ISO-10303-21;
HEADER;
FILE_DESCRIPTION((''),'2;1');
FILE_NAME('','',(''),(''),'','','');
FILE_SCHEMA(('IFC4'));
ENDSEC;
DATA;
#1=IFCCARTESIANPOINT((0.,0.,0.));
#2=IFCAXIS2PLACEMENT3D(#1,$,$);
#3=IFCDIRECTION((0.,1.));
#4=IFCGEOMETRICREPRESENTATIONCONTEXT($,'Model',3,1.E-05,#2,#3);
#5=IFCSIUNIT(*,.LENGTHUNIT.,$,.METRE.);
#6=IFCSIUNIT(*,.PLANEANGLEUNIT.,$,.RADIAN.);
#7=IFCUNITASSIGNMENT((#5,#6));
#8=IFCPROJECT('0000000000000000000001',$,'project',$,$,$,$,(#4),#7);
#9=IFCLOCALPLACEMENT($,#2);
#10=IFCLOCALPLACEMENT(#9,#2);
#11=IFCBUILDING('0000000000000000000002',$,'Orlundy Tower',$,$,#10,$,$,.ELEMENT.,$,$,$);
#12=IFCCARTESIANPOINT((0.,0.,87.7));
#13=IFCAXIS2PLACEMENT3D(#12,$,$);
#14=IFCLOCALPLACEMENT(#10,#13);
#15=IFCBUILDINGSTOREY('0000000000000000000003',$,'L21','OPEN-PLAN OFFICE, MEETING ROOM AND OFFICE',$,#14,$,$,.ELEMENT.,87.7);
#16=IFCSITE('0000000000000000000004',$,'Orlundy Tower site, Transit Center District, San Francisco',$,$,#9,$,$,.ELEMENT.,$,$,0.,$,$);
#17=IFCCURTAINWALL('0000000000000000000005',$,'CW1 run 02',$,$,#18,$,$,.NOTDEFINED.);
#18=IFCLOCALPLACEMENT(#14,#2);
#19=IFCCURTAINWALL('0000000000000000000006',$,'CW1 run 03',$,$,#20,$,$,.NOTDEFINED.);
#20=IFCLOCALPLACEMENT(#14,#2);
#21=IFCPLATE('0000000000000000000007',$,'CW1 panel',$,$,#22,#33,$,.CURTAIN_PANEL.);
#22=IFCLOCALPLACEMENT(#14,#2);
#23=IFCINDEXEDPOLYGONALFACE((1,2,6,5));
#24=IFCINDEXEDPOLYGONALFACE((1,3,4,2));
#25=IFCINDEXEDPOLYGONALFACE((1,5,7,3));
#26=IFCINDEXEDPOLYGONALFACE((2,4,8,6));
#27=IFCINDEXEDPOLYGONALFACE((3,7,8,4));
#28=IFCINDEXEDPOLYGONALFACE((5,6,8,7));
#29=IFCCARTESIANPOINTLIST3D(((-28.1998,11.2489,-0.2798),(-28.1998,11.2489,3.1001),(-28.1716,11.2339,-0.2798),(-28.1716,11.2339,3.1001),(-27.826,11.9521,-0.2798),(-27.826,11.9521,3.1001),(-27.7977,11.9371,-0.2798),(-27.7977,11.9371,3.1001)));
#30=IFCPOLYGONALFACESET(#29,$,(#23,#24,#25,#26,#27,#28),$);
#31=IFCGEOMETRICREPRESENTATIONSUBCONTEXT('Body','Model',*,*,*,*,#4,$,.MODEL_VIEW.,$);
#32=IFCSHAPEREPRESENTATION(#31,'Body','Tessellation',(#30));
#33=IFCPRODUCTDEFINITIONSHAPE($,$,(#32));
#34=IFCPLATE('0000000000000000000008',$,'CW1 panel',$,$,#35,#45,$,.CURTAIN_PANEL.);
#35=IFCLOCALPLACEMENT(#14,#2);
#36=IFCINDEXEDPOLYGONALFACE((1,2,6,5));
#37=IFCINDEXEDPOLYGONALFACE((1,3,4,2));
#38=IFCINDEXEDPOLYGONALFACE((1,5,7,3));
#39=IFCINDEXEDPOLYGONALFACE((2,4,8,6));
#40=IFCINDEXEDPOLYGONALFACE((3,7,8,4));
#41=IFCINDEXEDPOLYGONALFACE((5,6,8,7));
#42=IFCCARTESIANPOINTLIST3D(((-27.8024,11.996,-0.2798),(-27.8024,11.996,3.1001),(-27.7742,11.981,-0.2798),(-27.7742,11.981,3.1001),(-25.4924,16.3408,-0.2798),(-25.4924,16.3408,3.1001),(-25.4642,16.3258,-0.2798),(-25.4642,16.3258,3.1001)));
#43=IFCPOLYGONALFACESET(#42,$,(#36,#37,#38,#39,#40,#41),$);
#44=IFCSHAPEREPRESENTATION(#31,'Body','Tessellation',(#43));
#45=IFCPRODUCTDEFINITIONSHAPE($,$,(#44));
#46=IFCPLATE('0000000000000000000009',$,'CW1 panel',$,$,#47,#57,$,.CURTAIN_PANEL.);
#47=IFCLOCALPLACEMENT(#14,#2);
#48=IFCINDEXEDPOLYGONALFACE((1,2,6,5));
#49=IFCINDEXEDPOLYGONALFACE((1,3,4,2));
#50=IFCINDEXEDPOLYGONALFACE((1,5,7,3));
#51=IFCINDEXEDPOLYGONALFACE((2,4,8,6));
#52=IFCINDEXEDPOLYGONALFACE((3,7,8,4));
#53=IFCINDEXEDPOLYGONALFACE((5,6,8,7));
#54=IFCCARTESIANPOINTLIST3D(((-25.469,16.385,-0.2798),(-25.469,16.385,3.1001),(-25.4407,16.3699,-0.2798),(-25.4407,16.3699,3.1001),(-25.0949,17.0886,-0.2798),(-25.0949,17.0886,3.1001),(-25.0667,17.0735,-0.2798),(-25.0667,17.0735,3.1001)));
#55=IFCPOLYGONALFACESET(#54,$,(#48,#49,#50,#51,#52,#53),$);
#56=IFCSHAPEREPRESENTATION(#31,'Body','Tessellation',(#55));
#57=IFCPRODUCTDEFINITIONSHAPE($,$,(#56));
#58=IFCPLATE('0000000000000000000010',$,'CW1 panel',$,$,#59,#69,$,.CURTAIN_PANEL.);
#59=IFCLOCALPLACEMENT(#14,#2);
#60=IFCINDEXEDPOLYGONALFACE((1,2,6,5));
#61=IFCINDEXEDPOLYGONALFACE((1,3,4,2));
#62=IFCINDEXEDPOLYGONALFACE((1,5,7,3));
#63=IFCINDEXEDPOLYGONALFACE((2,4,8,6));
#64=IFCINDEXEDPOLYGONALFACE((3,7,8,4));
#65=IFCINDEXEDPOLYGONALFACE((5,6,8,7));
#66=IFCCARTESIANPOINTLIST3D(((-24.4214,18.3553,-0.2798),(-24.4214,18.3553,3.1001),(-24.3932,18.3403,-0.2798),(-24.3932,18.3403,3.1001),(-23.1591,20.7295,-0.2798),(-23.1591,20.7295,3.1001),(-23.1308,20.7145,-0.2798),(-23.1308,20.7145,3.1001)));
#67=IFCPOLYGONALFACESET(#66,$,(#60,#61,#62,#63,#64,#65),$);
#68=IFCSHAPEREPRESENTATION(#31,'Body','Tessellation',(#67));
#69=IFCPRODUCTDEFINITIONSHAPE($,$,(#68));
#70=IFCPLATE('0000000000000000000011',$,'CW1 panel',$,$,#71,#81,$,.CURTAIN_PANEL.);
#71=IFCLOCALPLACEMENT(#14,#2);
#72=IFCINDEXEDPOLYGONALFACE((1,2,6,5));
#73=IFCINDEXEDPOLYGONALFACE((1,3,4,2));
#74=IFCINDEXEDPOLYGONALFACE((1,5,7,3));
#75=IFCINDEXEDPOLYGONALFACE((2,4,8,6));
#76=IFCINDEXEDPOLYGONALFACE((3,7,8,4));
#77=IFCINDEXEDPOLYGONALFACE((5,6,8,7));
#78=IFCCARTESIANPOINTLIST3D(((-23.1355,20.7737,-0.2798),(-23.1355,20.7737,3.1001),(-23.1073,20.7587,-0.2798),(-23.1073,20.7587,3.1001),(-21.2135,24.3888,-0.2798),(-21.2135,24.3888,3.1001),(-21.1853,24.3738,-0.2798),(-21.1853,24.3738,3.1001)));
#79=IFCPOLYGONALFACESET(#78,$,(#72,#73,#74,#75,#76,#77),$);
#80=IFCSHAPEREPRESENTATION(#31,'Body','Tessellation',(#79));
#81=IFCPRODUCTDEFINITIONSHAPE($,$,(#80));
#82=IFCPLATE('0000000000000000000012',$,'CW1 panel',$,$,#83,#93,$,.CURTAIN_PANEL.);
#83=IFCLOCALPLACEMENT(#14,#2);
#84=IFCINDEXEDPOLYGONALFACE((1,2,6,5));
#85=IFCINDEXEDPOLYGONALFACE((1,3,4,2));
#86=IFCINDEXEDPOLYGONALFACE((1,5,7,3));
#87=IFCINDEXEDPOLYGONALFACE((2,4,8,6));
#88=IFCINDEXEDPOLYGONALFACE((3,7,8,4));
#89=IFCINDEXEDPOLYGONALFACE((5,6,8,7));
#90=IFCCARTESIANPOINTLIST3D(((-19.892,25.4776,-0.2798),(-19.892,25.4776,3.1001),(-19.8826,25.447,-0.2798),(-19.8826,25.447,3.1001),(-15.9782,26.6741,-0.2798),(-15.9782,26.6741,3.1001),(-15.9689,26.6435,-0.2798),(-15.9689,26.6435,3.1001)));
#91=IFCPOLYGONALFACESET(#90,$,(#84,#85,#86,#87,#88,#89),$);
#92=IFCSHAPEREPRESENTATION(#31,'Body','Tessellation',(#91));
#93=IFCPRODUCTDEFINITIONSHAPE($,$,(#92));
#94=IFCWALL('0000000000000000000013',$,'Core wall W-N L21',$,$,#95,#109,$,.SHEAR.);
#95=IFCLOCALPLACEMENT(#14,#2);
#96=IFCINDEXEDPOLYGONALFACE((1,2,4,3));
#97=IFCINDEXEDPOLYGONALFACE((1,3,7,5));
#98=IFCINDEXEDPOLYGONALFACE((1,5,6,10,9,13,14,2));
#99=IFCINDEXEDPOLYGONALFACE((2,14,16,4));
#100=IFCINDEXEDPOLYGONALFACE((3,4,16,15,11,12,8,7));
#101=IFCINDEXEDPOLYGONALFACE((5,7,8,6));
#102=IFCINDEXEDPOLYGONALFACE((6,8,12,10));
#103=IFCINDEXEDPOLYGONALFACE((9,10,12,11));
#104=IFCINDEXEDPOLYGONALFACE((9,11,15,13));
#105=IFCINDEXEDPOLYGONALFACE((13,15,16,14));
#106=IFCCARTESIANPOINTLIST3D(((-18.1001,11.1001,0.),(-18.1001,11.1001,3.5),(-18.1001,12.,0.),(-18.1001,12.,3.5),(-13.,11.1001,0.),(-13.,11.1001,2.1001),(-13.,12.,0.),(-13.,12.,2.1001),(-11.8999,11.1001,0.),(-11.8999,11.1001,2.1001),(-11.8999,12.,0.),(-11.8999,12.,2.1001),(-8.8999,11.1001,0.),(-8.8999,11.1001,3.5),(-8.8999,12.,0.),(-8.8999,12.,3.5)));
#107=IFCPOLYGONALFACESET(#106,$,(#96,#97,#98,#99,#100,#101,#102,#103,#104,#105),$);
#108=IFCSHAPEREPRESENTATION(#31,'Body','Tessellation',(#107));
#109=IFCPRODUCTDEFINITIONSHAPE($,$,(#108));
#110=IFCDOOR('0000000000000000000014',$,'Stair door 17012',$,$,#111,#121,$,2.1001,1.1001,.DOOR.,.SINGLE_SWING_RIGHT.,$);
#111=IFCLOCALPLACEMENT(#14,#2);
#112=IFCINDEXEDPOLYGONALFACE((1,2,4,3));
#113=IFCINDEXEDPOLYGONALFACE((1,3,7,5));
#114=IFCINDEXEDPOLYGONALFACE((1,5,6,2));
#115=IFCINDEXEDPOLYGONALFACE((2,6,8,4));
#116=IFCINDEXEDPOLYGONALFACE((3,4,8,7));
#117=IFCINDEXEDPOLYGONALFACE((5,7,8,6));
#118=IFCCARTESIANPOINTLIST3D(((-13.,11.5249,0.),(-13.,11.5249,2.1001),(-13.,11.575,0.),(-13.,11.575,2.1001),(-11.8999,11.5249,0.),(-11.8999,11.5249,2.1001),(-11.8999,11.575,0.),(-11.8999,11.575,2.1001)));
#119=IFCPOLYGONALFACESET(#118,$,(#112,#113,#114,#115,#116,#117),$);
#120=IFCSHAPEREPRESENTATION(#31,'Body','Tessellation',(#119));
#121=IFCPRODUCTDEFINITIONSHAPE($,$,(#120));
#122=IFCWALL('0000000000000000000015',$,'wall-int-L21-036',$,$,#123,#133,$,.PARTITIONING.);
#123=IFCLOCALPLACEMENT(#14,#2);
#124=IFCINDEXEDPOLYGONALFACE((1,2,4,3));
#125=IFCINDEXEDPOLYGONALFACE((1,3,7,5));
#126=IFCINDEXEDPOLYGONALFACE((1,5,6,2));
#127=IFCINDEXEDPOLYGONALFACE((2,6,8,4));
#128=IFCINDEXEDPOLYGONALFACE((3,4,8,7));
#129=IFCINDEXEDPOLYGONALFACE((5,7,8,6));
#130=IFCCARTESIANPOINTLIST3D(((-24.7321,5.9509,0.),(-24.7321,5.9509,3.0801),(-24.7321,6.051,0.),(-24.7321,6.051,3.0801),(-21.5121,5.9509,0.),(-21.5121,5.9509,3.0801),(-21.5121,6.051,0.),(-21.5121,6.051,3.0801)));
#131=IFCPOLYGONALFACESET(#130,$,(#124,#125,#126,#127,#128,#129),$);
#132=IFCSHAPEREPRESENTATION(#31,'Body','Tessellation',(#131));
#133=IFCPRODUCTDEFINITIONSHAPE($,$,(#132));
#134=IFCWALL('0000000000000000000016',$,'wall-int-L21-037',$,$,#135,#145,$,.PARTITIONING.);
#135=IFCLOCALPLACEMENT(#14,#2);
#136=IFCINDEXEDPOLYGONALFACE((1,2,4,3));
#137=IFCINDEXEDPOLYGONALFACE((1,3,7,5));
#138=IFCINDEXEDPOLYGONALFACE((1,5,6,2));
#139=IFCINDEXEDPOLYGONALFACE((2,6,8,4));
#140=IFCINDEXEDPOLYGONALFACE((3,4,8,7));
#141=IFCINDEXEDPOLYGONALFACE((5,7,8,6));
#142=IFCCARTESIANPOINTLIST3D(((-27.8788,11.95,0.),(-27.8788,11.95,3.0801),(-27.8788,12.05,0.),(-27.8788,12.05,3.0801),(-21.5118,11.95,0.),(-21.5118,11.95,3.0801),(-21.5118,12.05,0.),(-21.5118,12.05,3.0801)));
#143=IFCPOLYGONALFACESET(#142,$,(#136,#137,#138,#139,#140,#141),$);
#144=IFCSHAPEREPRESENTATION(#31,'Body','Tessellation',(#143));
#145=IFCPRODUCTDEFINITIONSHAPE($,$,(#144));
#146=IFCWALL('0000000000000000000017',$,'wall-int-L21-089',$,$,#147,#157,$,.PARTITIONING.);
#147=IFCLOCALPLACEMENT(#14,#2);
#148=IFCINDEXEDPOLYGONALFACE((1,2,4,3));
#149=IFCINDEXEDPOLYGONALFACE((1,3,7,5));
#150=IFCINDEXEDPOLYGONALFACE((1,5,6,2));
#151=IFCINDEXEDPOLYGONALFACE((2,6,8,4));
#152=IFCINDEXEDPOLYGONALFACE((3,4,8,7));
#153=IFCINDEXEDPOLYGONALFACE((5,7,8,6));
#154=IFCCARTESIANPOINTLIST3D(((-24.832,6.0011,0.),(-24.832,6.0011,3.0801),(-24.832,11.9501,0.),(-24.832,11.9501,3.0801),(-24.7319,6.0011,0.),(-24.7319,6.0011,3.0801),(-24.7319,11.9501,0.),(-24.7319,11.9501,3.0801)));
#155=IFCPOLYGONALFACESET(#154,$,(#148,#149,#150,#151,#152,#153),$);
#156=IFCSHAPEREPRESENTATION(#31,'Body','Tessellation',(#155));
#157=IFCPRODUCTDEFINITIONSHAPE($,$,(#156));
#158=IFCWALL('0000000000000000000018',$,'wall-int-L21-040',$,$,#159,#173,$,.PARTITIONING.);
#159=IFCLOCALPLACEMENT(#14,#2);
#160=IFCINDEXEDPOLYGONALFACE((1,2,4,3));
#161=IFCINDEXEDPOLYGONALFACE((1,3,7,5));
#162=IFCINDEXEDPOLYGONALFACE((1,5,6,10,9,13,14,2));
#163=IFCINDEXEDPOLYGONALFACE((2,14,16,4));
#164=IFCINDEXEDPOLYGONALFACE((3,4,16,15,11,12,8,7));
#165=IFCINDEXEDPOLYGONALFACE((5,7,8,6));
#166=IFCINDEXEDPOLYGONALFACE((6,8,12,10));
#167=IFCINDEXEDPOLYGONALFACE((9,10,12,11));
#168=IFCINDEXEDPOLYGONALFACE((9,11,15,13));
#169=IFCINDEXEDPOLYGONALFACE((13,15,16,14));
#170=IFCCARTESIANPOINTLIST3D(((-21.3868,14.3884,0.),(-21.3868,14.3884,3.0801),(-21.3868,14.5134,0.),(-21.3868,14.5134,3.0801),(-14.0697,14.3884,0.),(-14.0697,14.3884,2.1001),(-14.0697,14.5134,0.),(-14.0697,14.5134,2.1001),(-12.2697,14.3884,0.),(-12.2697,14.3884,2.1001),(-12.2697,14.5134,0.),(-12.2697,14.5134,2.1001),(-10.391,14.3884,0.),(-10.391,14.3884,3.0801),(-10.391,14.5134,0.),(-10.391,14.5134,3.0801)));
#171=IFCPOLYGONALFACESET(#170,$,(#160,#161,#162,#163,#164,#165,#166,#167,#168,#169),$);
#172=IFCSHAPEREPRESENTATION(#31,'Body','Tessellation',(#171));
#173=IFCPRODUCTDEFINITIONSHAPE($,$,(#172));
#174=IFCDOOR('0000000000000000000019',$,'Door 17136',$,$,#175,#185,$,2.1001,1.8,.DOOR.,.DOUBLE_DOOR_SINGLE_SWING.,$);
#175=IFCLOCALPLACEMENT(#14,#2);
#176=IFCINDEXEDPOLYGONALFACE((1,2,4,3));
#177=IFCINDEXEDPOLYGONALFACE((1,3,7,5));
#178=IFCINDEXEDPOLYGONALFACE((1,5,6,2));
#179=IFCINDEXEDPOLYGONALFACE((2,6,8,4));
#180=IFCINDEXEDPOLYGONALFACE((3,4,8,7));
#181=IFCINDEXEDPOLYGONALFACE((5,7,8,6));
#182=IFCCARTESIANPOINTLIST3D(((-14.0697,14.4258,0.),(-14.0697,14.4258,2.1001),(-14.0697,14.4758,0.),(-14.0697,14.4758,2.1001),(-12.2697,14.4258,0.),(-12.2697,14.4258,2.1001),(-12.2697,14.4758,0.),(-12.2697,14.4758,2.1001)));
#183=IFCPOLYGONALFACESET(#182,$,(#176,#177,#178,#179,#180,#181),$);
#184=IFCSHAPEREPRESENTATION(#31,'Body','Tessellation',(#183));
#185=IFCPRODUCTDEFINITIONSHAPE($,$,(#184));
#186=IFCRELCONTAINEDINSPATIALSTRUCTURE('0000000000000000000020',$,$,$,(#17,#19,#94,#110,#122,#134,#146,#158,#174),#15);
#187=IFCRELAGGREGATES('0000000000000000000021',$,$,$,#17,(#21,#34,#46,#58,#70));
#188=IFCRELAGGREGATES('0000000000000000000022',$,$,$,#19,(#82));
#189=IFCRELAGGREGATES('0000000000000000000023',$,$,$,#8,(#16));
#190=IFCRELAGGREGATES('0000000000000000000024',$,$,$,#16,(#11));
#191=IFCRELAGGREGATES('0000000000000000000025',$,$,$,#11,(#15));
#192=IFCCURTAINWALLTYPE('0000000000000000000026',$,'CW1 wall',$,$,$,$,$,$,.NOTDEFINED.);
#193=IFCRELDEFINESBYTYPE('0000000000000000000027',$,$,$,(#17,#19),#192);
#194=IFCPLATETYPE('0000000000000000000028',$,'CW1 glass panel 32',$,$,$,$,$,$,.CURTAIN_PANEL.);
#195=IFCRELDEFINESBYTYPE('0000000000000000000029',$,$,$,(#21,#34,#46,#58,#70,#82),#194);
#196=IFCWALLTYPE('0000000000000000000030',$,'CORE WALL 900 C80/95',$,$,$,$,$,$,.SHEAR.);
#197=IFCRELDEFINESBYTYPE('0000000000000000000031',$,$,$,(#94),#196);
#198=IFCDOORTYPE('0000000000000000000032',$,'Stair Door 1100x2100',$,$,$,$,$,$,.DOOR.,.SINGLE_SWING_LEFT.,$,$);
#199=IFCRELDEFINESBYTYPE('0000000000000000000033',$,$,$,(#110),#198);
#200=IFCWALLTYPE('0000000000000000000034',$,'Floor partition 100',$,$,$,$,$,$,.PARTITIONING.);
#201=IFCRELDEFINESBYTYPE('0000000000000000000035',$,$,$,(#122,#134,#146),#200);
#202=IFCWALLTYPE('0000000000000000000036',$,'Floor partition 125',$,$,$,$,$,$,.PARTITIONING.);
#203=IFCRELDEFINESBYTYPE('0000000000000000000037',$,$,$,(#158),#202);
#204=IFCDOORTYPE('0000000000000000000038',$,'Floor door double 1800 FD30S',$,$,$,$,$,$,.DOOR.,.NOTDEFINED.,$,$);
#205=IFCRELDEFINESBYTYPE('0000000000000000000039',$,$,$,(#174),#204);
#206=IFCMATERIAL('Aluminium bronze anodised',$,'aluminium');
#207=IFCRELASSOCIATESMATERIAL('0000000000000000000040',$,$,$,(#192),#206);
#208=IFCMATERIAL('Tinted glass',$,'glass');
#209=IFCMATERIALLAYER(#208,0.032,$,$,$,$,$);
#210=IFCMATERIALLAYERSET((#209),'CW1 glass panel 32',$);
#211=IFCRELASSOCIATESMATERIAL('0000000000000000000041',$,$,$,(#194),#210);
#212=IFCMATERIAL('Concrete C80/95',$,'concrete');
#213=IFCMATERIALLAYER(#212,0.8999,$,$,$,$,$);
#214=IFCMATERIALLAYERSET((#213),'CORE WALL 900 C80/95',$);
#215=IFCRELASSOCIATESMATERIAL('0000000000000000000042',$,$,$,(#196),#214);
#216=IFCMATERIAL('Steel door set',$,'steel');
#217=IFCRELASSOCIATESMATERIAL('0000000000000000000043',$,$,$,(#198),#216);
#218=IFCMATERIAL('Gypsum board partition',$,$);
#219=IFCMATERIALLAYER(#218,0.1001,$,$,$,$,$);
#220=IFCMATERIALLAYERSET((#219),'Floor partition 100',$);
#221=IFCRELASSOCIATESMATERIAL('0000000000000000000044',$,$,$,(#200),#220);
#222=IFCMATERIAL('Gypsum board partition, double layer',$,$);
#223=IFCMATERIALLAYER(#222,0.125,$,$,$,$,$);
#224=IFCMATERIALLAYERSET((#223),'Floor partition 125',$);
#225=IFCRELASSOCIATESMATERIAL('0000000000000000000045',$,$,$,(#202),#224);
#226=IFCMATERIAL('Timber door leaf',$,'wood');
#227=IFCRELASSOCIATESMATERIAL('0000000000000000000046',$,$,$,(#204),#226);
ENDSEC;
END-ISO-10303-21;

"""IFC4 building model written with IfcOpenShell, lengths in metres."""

from ifc_helpers import new_model, si_unit, direction, frame, frame_2d, origin, origin_2d, place, context, subcontext, project, spatial, rectangle, extrude, material, layer, layer_set, type_object, element, fill, aggregate, save


model = new_model("IFC4")

# Units and contexts
model_context = context("Model", 3, precision=1e-05, world=origin(), true_north=direction((0.0, 1.0)))
body_context = subcontext(model_context, "Body", "Model", "MODEL_VIEW")
ifc_project = project(units=[si_unit("LENGTHUNIT", "METRE"), si_unit("PLANEANGLEUNIT", "RADIAN")], contexts=[model_context])

# Site, building, storey
site_placement = place(None, origin())
site = spatial("IfcSite", under=ifc_project, at=site_placement, Name="Orlundy Tower site, Transit Center District, San Francisco", CompositionType="ELEMENT", RefElevation=0.0)
building_placement = place(site_placement, origin())
building = spatial("IfcBuilding", under=site, at=building_placement, Name="Orlundy Tower", CompositionType="ELEMENT")
storey_placement = place(building_placement, frame((0.0, 0.0, 87.7)))
storey = spatial("IfcBuildingStorey", under=building, at=storey_placement, Name="L21", Description="OPEN-PLAN OFFICE, MEETING ROOM AND OFFICE", CompositionType="ELEMENT", Elevation=87.7)

# Curtain wall
ifc_material_1 = material(Name="Aluminium bronze anodised", Category="aluminium")
curtain_wall_type = type_object("IfcCurtainWallType", Name="CW1 wall", PredefinedType="NOTDEFINED", material=ifc_material_1)
curtain_wall_1_placement = place(storey_placement, origin())
curtain_wall_1 = element("IfcCurtainWall", 1, at=curtain_wall_1_placement, inside=storey, type_object=curtain_wall_type, Name="CW1 run 02", PredefinedType="NOTDEFINED")

# Curtain wall
curtain_wall_2_placement = place(storey_placement, origin())
curtain_wall_2 = element("IfcCurtainWall", 2, at=curtain_wall_2_placement, inside=storey, type_object=curtain_wall_type, Name="CW1 run 03", PredefinedType="NOTDEFINED")

# Plates
ifc_material_2 = material(Name="Tinted glass", Category="glass")
ifc_layer_1 = layer(ifc_material_2, 0.032)
ifc_layer_set_1 = layer_set([ifc_layer_1], Name="CW1 glass panel 32")
plate_type = type_object("IfcPlateType", Name="CW1 glass panel 32", PredefinedType="CURTAIN_PANEL", material=ifc_layer_set_1)
plate_1_placement = place(storey_placement, frame((-27.9988, 11.593, -0.2798), z_axis=(0.0, 0.0, 1.0), x_axis=(0.469445, 0.882961, 0.0)))
plate_1 = element("IfcPlate", 3, at=plate_1_placement, type_object=plate_type, Name="CW1 panel", PredefinedType="CURTAIN_PANEL", context=body_context, shape_type="SweptSolid", body=[
    extrude(rectangle(XDim=0.7964, YDim=0.032, at=origin_2d()), origin(), (0.0, 0.0, 1.0), 3.3799),
])
plate_2_placement = place(storey_placement, frame((-26.6333, 14.1609, -0.2798), z_axis=(0.0, 0.0, 1.0), x_axis=(0.469445, 0.882961, 0.0)))
plate_2 = element("IfcPlate", 4, at=plate_2_placement, type_object=plate_type, Name="CW1 panel", PredefinedType="CURTAIN_PANEL", context=body_context, shape_type="SweptSolid", body=[
    extrude(rectangle(XDim=4.9207, YDim=0.032, at=origin_2d()), origin(), (0.0, 0.0, 1.0), 3.3799),
])
plate_3_placement = place(storey_placement, frame((-25.2678, 16.7292, -0.2798), z_axis=(0.0, 0.0, 1.0), x_axis=(0.469445, 0.882961, 0.0)))
plate_3 = element("IfcPlate", 5, at=plate_3_placement, type_object=plate_type, Name="CW1 panel", PredefinedType="CURTAIN_PANEL", context=body_context, shape_type="SweptSolid", body=[
    extrude(rectangle(XDim=0.7969, YDim=0.032, at=origin_2d()), origin(), (0.0, 0.0, 1.0), 3.3799),
])
plate_4_placement = place(storey_placement, frame((-23.7761, 19.5349, -0.2798), z_axis=(0.0, 0.0, 1.0), x_axis=(0.469445, 0.882961, 0.0)))
plate_4 = element("IfcPlate", 6, at=plate_4_placement, type_object=plate_type, Name="CW1 panel", PredefinedType="CURTAIN_PANEL", context=body_context, shape_type="SweptSolid", body=[
    extrude(rectangle(XDim=2.689, YDim=0.032, at=origin_2d()), origin(), (0.0, 0.0, 1.0), 3.3799),
])
plate_5_placement = place(storey_placement, frame((-22.1604, 22.5737, -0.2798), z_axis=(0.0, 0.0, 1.0), x_axis=(0.469445, 0.882961, 0.0)))
plate_5 = element("IfcPlate", 7, at=plate_5_placement, type_object=plate_type, Name="CW1 panel", PredefinedType="CURTAIN_PANEL", context=body_context, shape_type="SweptSolid", body=[
    extrude(rectangle(XDim=4.0942, YDim=0.032, at=origin_2d()), origin(), (0.0, 0.0, 1.0), 3.3799),
])
aggregate(curtain_wall_1, [plate_1, plate_2, plate_3, plate_4, plate_5])
plate_6_placement = place(storey_placement, frame((-17.9304, 26.0605, -0.2798), z_axis=(0.0, 0.0, 1.0), x_axis=(0.956308, 0.292361, 0.0)))
plate_6 = element("IfcPlate", 8, at=plate_6_placement, type_object=plate_type, Name="CW1 panel", PredefinedType="CURTAIN_PANEL", context=body_context, shape_type="SweptSolid", body=[
    extrude(rectangle(XDim=4.0925, YDim=0.032, at=origin_2d()), origin(), (0.0, 0.0, 1.0), 3.3799),
])
aggregate(curtain_wall_2, [plate_6])

# Wall, opening, door
ifc_material_3 = material(Name="Concrete C80/95", Category="concrete")
ifc_layer_2 = layer(ifc_material_3, 0.8999)
ifc_layer_set_2 = layer_set([ifc_layer_2], Name="CORE WALL 900 C80/95")
wall_type_1 = type_object("IfcWallType", Name="CORE WALL 900 C80/95", PredefinedType="SHEAR", material=ifc_layer_set_2)
wall_1_placement = place(storey_placement, frame((-18.1001, 11.55, 0.0), z_axis=(0.0, 0.0, 1.0), x_axis=(1.0, 0.0, 0.0)))
wall_1 = element("IfcWall", 9, at=wall_1_placement, inside=storey, type_object=wall_type_1, Name="Core wall W-N L21", PredefinedType="SHEAR", context=body_context, shape_type="SweptSolid", body=[
    extrude(rectangle(XDim=9.2002, YDim=0.8999, at=frame_2d((4.6001, 0.0))), origin(), (0.0, 0.0, 1.0), 3.5),
])
opening_1_placement = place(wall_1_placement, frame((5.1001, 0.0, 0.0)))
opening_1 = element("IfcOpeningElement", 10, at=opening_1_placement, cuts=wall_1, PredefinedType="OPENING", context=body_context, shape_type="SweptSolid", body=[
    extrude(rectangle(XDim=1.1001, YDim=2.1001, at=frame_2d((0.55, 1.05))), frame((0.0, 0.46, 0.0), z_axis=(0.0, -1.0, 0.0), x_axis=(1.0, 0.0, 0.0)), (0.0, 0.0, 1.0), 0.9199),
])
ifc_material_4 = material(Name="Steel door set", Category="steel")
door_type_1 = type_object("IfcDoorType", Name="Stair Door 1100x2100", OperationType="SINGLE_SWING_LEFT", PredefinedType="DOOR", material=ifc_material_4)
door_1_placement = place(opening_1_placement, origin())
door_1 = element("IfcDoor", 11, at=door_1_placement, inside=storey, type_object=door_type_1, Name="Stair door 17012", OperationType="SINGLE_SWING_RIGHT", OverallHeight=2.1001, OverallWidth=1.1001, PredefinedType="DOOR", context=body_context, shape_type="SweptSolid", body=[
    extrude(rectangle(XDim=1.1001, YDim=2.1001, at=frame_2d((0.55, 1.05))), frame((0.0, 0.0249, 0.0), z_axis=(0.0, -1.0, 0.0), x_axis=(1.0, 0.0, 0.0)), (0.0, 0.0, 1.0), 0.05),
])
fill(opening_1, door_1)

# Walls
ifc_material_5 = material(Name="Gypsum board partition")
ifc_layer_3 = layer(ifc_material_5, 0.1001)
ifc_layer_set_3 = layer_set([ifc_layer_3], Name="Floor partition 100")
wall_type_2 = type_object("IfcWallType", Name="Floor partition 100", PredefinedType="PARTITIONING", material=ifc_layer_set_3)
wall_2_placement = place(storey_placement, frame((-24.7319, 6.001, 0.0), z_axis=(0.0, 0.0, 1.0), x_axis=(1.0, 0.0, 0.0)))
element("IfcWall", 12, at=wall_2_placement, inside=storey, type_object=wall_type_2, Name="wall-int-L21-036", PredefinedType="PARTITIONING", context=body_context, shape_type="SweptSolid", body=[
    extrude(rectangle(XDim=3.22, YDim=0.1001, at=frame_2d((1.6099, 0.0))), origin(), (0.0, 0.0, 1.0), 3.0801),
])
wall_3_placement = place(storey_placement, frame((-27.8789, 12.0, 0.0), z_axis=(0.0, 0.0, 1.0), x_axis=(1.0, 0.0, 0.0)))
element("IfcWall", 13, at=wall_3_placement, inside=storey, type_object=wall_type_2, Name="wall-int-L21-037", PredefinedType="PARTITIONING", context=body_context, shape_type="SweptSolid", body=[
    extrude(rectangle(XDim=6.3669, YDim=0.1001, at=frame_2d((3.1836, 0.0))), origin(), (0.0, 0.0, 1.0), 3.0801),
])
wall_4_placement = place(storey_placement, frame((-24.782, 6.001, 0.0), z_axis=(0.0, 0.0, 1.0), x_axis=(0.0, 1.0, 0.0)))
element("IfcWall", 14, at=wall_4_placement, inside=storey, type_object=wall_type_2, Name="wall-int-L21-089", PredefinedType="PARTITIONING", context=body_context, shape_type="SweptSolid", body=[
    extrude(rectangle(XDim=5.949, YDim=0.1001, at=frame_2d((2.9746, 0.0))), origin(), (0.0, 0.0, 1.0), 3.0801),
])

# Wall, opening, door
ifc_material_6 = material(Name="Gypsum board partition, double layer")
ifc_layer_4 = layer(ifc_material_6, 0.125)
ifc_layer_set_4 = layer_set([ifc_layer_4], Name="Floor partition 125")
wall_type_3 = type_object("IfcWallType", Name="Floor partition 125", PredefinedType="PARTITIONING", material=ifc_layer_set_4)
wall_5_placement = place(storey_placement, frame((-21.387, 14.4509, 0.0), z_axis=(0.0, 0.0, 1.0), x_axis=(1.0, 0.0, 0.0)))
wall_5 = element("IfcWall", 15, at=wall_5_placement, inside=storey, type_object=wall_type_3, Name="wall-int-L21-040", PredefinedType="PARTITIONING", context=body_context, shape_type="SweptSolid", body=[
    extrude(rectangle(XDim=10.9958, YDim=0.125, at=frame_2d((5.498, 0.0))), origin(), (0.0, 0.0, 1.0), 3.0801),
])
opening_2_placement = place(wall_5_placement, frame((7.3174, 0.0, 0.0)))
opening_2 = element("IfcOpeningElement", 16, at=opening_2_placement, cuts=wall_5, PredefinedType="OPENING", context=body_context, shape_type="SweptSolid", body=[
    extrude(rectangle(XDim=1.8, YDim=2.1001, at=frame_2d((0.8999, 1.05))), frame((0.0, 0.0725, 0.0), z_axis=(0.0, -1.0, 0.0), x_axis=(1.0, 0.0, 0.0)), (0.0, 0.0, 1.0), 0.145),
])
ifc_material_7 = material(Name="Timber door leaf", Category="wood")
door_type_2 = type_object("IfcDoorType", Name="Floor door double 1800 FD30S", OperationType="NOTDEFINED", PredefinedType="DOOR", material=ifc_material_7)
door_2_placement = place(opening_2_placement, origin())
door_2 = element("IfcDoor", 17, at=door_2_placement, inside=storey, type_object=door_type_2, Name="Door 17136", OperationType="DOUBLE_DOOR_SINGLE_SWING", OverallHeight=2.1001, OverallWidth=1.8, PredefinedType="DOOR", context=body_context, shape_type="SweptSolid", body=[
    extrude(rectangle(XDim=1.8, YDim=2.1001, at=frame_2d((0.8999, 1.05))), frame((0.0, 0.0249, 0.0), z_axis=(0.0, -1.0, 0.0), x_axis=(1.0, 0.0, 0.0)), (0.0, 0.0, 1.0), 0.05),
])
fill(opening_2, door_2)

save(model, "model.ifc")
